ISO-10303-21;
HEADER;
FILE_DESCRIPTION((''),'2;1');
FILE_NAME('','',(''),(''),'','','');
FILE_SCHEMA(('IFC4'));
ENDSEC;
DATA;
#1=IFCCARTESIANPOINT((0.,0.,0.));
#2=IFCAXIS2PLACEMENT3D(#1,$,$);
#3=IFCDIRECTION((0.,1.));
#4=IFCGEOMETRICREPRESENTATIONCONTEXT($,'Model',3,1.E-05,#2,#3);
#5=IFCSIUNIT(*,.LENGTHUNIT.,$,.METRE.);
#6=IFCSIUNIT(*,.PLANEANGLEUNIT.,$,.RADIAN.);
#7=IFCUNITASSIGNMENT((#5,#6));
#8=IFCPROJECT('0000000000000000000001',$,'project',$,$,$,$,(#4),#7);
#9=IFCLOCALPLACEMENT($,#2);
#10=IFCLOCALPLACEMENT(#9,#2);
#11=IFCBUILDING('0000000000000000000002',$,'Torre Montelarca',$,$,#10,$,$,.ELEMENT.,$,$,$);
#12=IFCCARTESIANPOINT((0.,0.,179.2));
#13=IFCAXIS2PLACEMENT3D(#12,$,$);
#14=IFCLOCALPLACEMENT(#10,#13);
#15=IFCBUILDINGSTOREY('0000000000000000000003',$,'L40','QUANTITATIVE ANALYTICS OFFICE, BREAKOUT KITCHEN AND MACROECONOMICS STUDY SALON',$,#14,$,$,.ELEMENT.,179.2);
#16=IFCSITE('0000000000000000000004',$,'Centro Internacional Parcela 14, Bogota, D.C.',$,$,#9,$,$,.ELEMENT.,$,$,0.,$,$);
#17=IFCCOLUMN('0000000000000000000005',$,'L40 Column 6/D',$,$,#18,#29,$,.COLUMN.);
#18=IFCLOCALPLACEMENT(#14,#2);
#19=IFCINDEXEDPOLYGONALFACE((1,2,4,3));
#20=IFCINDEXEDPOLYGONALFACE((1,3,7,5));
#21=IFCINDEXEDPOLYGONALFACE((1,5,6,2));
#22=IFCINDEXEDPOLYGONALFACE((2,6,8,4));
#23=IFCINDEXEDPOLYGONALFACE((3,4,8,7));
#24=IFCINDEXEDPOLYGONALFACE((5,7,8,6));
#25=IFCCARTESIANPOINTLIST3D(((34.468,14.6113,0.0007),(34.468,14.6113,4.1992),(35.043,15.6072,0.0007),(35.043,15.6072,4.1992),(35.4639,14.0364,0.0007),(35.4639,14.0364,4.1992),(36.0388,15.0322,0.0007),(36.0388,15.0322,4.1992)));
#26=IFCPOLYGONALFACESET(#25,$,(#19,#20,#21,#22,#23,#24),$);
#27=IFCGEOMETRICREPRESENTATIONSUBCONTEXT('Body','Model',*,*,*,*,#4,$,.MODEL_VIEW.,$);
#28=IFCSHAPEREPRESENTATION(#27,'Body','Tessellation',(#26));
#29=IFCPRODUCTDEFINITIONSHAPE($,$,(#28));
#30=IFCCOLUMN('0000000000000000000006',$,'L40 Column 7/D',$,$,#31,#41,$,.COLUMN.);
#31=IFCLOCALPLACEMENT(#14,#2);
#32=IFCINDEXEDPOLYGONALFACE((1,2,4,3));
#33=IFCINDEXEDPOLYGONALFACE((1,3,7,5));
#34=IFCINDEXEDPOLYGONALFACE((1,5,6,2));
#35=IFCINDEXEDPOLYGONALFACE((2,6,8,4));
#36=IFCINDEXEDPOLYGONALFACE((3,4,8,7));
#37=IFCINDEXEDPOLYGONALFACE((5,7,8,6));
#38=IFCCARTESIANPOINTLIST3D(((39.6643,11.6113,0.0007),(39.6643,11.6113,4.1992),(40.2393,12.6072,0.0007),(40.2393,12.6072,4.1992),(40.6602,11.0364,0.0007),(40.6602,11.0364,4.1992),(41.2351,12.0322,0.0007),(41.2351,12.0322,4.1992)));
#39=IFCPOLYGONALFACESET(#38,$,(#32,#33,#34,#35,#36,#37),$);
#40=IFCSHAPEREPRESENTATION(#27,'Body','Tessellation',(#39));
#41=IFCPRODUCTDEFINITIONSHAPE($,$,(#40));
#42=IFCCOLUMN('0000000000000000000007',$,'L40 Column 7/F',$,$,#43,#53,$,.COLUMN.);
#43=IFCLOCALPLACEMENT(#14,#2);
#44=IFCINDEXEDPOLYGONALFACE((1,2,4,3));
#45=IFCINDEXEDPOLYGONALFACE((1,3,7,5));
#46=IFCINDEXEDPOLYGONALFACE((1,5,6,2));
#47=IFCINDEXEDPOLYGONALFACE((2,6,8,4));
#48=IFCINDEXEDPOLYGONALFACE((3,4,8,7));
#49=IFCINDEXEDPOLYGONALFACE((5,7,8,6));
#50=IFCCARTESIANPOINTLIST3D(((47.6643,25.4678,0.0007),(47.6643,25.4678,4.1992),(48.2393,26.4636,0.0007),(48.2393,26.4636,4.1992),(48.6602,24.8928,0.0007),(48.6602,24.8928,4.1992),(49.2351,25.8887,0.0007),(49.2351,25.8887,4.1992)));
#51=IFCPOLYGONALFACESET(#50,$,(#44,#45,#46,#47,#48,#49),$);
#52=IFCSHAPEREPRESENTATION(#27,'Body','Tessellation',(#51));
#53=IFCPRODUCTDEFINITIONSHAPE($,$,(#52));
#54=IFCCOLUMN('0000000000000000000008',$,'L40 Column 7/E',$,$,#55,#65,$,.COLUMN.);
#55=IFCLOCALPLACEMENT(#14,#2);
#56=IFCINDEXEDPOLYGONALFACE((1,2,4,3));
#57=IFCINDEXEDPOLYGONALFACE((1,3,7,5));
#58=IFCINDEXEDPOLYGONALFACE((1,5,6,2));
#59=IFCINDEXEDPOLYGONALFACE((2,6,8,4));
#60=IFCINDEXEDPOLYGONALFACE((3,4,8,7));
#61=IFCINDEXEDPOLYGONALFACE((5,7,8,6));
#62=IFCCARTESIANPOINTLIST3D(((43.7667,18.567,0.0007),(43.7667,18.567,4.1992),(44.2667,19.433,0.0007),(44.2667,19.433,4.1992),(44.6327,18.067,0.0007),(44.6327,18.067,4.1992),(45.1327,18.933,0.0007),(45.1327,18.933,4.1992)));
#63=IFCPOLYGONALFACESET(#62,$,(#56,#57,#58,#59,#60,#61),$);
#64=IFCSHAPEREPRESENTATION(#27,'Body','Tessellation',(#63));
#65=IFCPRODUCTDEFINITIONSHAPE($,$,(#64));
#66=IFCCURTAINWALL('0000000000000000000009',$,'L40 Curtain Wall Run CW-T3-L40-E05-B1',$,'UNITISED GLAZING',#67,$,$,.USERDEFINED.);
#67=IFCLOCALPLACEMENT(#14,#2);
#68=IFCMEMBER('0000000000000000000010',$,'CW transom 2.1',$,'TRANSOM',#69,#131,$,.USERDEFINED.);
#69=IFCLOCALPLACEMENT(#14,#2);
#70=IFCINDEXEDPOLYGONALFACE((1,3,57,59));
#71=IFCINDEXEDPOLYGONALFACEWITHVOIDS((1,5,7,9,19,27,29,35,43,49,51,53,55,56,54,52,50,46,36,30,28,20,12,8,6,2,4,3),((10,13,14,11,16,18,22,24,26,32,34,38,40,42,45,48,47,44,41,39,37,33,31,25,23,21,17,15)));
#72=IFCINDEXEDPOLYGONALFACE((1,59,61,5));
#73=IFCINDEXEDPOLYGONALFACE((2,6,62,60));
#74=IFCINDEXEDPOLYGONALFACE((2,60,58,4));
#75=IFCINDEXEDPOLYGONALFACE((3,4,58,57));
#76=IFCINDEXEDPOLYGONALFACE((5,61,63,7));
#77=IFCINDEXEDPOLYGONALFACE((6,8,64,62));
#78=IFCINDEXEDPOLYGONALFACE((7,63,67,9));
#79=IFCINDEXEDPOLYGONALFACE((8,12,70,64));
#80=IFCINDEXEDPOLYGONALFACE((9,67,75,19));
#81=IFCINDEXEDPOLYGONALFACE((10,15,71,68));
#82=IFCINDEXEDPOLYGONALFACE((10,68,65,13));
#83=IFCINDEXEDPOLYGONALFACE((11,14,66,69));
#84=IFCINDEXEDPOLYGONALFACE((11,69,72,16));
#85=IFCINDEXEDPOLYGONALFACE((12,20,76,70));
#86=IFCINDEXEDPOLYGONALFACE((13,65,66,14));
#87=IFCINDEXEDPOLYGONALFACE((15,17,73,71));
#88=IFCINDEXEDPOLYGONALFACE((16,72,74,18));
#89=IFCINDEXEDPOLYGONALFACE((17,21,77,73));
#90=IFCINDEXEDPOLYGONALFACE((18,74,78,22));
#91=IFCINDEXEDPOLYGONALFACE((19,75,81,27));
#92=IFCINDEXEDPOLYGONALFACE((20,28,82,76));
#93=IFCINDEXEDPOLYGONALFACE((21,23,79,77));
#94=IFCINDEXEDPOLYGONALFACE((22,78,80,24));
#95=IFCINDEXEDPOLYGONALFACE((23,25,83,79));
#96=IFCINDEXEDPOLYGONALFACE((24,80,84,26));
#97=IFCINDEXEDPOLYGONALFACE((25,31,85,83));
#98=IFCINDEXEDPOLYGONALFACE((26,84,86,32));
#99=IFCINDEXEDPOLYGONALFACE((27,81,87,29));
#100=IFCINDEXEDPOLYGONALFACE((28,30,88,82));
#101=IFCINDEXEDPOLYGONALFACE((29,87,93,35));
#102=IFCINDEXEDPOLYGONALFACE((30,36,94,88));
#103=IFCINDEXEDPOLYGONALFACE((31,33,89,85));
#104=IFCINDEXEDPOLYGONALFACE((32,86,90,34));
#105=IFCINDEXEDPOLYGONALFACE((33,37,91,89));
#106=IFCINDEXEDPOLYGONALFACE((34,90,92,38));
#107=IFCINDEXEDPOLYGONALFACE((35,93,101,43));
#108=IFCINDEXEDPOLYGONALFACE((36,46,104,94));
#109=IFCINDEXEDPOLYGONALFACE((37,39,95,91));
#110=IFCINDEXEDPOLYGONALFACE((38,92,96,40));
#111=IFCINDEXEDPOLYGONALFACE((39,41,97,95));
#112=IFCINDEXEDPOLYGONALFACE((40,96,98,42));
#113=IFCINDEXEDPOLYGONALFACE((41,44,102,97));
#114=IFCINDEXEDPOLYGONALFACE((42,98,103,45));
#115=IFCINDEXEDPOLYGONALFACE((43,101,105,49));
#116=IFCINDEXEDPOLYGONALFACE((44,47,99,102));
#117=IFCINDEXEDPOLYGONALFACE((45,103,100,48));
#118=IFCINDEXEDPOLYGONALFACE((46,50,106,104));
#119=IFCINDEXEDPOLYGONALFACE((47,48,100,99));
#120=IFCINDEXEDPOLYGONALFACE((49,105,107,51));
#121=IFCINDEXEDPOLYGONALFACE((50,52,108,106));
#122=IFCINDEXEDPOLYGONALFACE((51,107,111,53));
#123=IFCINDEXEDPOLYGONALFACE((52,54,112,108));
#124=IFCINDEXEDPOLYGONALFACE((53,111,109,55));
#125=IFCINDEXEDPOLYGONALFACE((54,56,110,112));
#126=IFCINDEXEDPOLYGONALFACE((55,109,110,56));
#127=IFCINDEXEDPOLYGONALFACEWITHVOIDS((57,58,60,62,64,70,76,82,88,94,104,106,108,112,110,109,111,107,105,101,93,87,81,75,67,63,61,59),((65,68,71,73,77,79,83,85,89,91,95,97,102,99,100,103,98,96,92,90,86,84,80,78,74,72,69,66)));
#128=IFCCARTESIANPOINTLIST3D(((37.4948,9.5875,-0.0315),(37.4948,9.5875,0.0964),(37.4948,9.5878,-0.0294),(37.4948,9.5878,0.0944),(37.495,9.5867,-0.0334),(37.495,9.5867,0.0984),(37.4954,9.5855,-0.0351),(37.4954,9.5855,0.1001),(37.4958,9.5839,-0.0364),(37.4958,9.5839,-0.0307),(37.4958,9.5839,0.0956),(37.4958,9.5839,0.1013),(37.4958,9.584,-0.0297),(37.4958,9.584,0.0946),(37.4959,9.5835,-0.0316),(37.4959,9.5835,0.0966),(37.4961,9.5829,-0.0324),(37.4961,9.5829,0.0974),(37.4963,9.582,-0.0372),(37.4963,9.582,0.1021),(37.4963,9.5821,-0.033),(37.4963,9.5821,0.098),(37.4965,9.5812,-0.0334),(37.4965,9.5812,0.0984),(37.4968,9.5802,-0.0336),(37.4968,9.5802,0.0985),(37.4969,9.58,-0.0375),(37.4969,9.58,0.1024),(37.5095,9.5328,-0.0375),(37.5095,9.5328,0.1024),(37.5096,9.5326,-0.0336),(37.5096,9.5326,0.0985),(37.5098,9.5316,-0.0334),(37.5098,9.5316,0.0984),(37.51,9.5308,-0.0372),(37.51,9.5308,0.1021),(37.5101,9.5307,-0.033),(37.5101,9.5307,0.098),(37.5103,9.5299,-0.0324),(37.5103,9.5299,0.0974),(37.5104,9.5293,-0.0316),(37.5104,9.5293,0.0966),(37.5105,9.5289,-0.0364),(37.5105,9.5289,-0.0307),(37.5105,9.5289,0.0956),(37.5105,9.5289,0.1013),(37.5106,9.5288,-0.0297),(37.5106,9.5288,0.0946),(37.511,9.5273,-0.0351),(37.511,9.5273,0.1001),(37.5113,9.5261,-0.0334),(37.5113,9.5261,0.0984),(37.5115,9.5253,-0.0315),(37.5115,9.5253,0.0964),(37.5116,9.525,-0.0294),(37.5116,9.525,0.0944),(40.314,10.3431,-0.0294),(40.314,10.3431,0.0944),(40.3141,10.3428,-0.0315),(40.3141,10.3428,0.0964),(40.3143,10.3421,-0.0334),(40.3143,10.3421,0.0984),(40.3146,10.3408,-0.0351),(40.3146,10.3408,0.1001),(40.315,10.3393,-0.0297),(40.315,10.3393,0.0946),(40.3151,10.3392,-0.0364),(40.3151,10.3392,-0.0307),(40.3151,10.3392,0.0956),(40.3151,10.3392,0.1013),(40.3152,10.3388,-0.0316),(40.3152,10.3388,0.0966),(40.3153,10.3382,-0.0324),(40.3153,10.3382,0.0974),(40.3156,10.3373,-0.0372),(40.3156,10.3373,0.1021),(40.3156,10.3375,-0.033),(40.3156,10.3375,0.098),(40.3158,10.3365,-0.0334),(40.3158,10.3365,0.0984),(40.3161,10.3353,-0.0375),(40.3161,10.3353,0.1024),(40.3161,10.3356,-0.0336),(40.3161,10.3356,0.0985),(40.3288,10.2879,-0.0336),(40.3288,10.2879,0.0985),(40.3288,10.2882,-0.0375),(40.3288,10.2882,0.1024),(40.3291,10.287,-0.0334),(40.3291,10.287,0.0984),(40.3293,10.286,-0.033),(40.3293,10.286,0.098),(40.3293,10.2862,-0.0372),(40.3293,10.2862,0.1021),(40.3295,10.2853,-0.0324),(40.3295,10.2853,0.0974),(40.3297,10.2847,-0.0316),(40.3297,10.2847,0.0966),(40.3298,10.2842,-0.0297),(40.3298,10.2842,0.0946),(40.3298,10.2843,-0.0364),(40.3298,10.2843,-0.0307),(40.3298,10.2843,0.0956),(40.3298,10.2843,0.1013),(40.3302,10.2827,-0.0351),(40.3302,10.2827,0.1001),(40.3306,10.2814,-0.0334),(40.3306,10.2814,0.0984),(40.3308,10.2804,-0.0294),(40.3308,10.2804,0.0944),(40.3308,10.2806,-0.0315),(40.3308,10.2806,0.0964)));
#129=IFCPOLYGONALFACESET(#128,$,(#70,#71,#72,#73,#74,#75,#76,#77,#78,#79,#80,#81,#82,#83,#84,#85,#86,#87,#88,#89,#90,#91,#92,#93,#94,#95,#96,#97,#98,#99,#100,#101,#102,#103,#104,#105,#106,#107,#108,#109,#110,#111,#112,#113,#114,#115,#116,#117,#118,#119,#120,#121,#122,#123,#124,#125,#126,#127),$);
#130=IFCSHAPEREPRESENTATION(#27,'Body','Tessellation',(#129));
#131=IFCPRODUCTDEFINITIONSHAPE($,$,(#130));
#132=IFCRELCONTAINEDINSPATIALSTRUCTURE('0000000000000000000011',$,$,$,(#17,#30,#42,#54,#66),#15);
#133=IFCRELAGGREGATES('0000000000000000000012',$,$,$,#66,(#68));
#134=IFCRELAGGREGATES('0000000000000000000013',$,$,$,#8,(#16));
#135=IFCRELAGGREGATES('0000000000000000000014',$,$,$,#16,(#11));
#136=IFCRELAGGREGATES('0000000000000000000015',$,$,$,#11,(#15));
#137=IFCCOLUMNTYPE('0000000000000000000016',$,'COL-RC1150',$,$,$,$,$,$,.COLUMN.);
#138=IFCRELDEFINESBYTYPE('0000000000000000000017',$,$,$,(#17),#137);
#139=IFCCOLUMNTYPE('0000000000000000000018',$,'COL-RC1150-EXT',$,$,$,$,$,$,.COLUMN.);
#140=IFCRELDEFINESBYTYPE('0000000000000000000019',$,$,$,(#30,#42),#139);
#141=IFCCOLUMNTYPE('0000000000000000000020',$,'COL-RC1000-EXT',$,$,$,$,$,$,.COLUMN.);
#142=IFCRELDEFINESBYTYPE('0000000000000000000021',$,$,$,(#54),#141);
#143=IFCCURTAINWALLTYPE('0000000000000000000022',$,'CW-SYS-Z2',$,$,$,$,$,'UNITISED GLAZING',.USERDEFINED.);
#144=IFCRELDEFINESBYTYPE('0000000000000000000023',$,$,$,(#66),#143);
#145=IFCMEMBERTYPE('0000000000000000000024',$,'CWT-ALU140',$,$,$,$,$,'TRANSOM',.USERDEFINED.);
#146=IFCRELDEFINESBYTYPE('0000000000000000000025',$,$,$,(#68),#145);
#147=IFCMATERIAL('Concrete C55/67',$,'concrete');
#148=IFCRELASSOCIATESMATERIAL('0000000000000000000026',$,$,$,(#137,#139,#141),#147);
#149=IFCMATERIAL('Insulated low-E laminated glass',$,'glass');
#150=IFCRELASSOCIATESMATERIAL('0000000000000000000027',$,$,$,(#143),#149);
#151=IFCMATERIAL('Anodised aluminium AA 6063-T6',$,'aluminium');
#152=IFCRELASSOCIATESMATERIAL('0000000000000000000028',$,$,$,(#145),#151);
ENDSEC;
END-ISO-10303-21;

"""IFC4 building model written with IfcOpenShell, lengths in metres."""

from ifc_helpers import new_model, si_unit, direction, frame, origin, origin_2d, place, context, subcontext, project, spatial, rectangle, hollow_rectangle, extrude, source, transform, mapped, material, material_profile, profile_set, type_object, element, aggregate, save


model = new_model("IFC4")

# Units and contexts
model_context = context("Model", 3, precision=1e-05, world=origin(), true_north=direction((0.0, 1.0)))
body_context = subcontext(model_context, "Body", "Model", "MODEL_VIEW")
ifc_project = project(units=[si_unit("LENGTHUNIT", "METRE"), si_unit("PLANEANGLEUNIT", "RADIAN")], contexts=[model_context])

# Site, building, storey
site_placement = place(None, origin())
site = spatial("IfcSite", under=ifc_project, at=site_placement, Name="Centro Internacional Parcela 14, Bogota, D.C.", CompositionType="ELEMENT", RefElevation=0.0)
building_placement = place(site_placement, origin())
building = spatial("IfcBuilding", under=site, at=building_placement, Name="Torre Montelarca", CompositionType="ELEMENT")
storey_placement = place(building_placement, frame((0.0, 0.0, 179.2)))
storey = spatial("IfcBuildingStorey", under=building, at=storey_placement, Name="L40", Description="QUANTITATIVE ANALYTICS OFFICE, BREAKOUT KITCHEN AND MACROECONOMICS STUDY SALON", CompositionType="ELEMENT", Elevation=179.2)

# Columns
ifc_material_1 = material(Name="Concrete C55/67", Category="concrete")
ifc_material_profile_1 = material_profile(ifc_material_1, rectangle(XDim=1.1499, YDim=1.1499, at=origin_2d()), Name="RC1150X1150", Category="concrete")
ifc_profile_set_1 = profile_set([ifc_material_profile_1], Name="Concrete C55/67")
column_type_1 = type_object("IfcColumnType", Name="COL-RC1150", PredefinedType="COLUMN", material=ifc_profile_set_1)
shared_shape_1 = source(origin(), body_context, "Body", "SweptSolid", [
    extrude(rectangle(XDim=1.1499, YDim=1.1499, at=origin_2d()), origin(), (0.0, 0.0, 1.0), 4.1985),
])
column_1_placement = place(storey_placement, frame((35.2534, 14.8218, 0.0007), z_axis=(0.0, 0.0, 1.0), x_axis=(-0.866025, 0.5, 0.0)))
element("IfcColumn", 1, at=column_1_placement, inside=storey, type_object=column_type_1, Name="L40 Column 6/D", PredefinedType="COLUMN", context=body_context, shape_type="MappedRepresentation", body=[
    mapped(shared_shape_1, transform((0.0, 0.0, 0.0), scale=1.0)),
])
ifc_material_profile_2 = material_profile(ifc_material_1, rectangle(XDim=1.1499, YDim=1.1499, at=origin_2d()), Name="RC1150X1150", Category="concrete")
ifc_profile_set_2 = profile_set([ifc_material_profile_2], Name="Concrete C55/67")
column_type_2 = type_object("IfcColumnType", Name="COL-RC1150-EXT", PredefinedType="COLUMN", material=ifc_profile_set_2)
shared_shape_2 = source(origin(), body_context, "Body", "SweptSolid", [
    extrude(rectangle(XDim=1.1499, YDim=1.1499, at=origin_2d()), origin(), (0.0, 0.0, 1.0), 4.1985),
])
for number, where, z_axis, x_axis, name in (
    (2, (40.4497, 11.8218, 0.0007), (0.0, 0.0, 1.0), (-0.866025, 0.5, 0.0), "L40 Column 7/D"),
    (3, (48.4497, 25.6782, 0.0007), (0.0, 0.0, 1.0), (-0.866025, 0.5, 0.0), "L40 Column 7/F"),
):
    element("IfcColumn", number, at=place(storey_placement, frame(where, z_axis=z_axis, x_axis=x_axis)), inside=storey, type_object=column_type_2, Name=name, PredefinedType="COLUMN", context=body_context, shape_type="MappedRepresentation", body=[
        mapped(shared_shape_2, transform((0.0, 0.0, 0.0), scale=1.0)),
    ])
ifc_material_profile_3 = material_profile(ifc_material_1, rectangle(XDim=1.0, YDim=1.0, at=origin_2d()), Name="RC1000X1000", Category="concrete")
ifc_profile_set_3 = profile_set([ifc_material_profile_3], Name="Concrete C55/67")
column_type_3 = type_object("IfcColumnType", Name="COL-RC1000-EXT", PredefinedType="COLUMN", material=ifc_profile_set_3)
shared_shape_3 = source(origin(), body_context, "Body", "SweptSolid", [
    extrude(rectangle(XDim=1.0, YDim=1.0, at=origin_2d()), origin(), (0.0, 0.0, 1.0), 4.1985),
])
column_2_placement = place(storey_placement, frame((44.4497, 18.75, 0.0007), z_axis=(0.0, 0.0, 1.0), x_axis=(-0.866025, 0.5, 0.0)))
element("IfcColumn", 4, at=column_2_placement, inside=storey, type_object=column_type_3, Name="L40 Column 7/E", PredefinedType="COLUMN", context=body_context, shape_type="MappedRepresentation", body=[
    mapped(shared_shape_3, transform((0.0, 0.0, 0.0), scale=1.0)),
])

# Curtain wall, member
ifc_material_2 = material(Name="Insulated low-E laminated glass", Category="glass")
curtain_wall_type = type_object("IfcCurtainWallType", Name="CW-SYS-Z2", ElementType="UNITISED GLAZING", PredefinedType="USERDEFINED", material=ifc_material_2)
curtain_wall_1_placement = place(storey_placement, origin())
curtain_wall_1 = element("IfcCurtainWall", 5, at=curtain_wall_1_placement, inside=storey, type_object=curtain_wall_type, Name="L40 Curtain Wall Run CW-T3-L40-E05-B1", ObjectType="UNITISED GLAZING", PredefinedType="USERDEFINED")
ifc_material_3 = material(Name="Anodised aluminium AA 6063-T6", Category="aluminium")
ifc_material_profile_4 = material_profile(ifc_material_3, hollow_rectangle(XDim=0.0649, YDim=0.1399, WallThickness=0.0039, InnerFilletRadius=0.0039, OuterFilletRadius=0.0081, at=origin_2d()), Name="ALU65X140X4", Category="aluminium")
ifc_profile_set_4 = profile_set([ifc_material_profile_4], Name="Anodised aluminium AA 6063-T6")
member_type_1 = type_object("IfcMemberType", Name="CWT-ALU140", ElementType="TRANSOM", PredefinedType="USERDEFINED", material=ifc_profile_set_4)
shared_shape_4 = source(origin(), body_context, "Body", "SweptSolid", [
    extrude(hollow_rectangle(XDim=0.0649, YDim=0.1399, WallThickness=0.0039, InnerFilletRadius=0.0039, OuterFilletRadius=0.0081, at=origin_2d()), origin(), (0.0, 0.0, 1.0), 2.9187),
])
member_1_placement = place(storey_placement, frame((37.5032, 9.5564, 0.0325), z_axis=(0.965932, 0.258797, 0.0), x_axis=(-0.258797, 0.965932, 0.0)))
member_1 = element("IfcMember", 6, at=member_1_placement, type_object=member_type_1, Name="CW transom 2.1", ObjectType="TRANSOM", PredefinedType="USERDEFINED", context=body_context, shape_type="MappedRepresentation", body=[
    mapped(shared_shape_4, transform((0.0, 0.0, 0.0), scale=1.0)),
])

aggregate(curtain_wall_1, [member_1])

save(model, "model.ifc")
